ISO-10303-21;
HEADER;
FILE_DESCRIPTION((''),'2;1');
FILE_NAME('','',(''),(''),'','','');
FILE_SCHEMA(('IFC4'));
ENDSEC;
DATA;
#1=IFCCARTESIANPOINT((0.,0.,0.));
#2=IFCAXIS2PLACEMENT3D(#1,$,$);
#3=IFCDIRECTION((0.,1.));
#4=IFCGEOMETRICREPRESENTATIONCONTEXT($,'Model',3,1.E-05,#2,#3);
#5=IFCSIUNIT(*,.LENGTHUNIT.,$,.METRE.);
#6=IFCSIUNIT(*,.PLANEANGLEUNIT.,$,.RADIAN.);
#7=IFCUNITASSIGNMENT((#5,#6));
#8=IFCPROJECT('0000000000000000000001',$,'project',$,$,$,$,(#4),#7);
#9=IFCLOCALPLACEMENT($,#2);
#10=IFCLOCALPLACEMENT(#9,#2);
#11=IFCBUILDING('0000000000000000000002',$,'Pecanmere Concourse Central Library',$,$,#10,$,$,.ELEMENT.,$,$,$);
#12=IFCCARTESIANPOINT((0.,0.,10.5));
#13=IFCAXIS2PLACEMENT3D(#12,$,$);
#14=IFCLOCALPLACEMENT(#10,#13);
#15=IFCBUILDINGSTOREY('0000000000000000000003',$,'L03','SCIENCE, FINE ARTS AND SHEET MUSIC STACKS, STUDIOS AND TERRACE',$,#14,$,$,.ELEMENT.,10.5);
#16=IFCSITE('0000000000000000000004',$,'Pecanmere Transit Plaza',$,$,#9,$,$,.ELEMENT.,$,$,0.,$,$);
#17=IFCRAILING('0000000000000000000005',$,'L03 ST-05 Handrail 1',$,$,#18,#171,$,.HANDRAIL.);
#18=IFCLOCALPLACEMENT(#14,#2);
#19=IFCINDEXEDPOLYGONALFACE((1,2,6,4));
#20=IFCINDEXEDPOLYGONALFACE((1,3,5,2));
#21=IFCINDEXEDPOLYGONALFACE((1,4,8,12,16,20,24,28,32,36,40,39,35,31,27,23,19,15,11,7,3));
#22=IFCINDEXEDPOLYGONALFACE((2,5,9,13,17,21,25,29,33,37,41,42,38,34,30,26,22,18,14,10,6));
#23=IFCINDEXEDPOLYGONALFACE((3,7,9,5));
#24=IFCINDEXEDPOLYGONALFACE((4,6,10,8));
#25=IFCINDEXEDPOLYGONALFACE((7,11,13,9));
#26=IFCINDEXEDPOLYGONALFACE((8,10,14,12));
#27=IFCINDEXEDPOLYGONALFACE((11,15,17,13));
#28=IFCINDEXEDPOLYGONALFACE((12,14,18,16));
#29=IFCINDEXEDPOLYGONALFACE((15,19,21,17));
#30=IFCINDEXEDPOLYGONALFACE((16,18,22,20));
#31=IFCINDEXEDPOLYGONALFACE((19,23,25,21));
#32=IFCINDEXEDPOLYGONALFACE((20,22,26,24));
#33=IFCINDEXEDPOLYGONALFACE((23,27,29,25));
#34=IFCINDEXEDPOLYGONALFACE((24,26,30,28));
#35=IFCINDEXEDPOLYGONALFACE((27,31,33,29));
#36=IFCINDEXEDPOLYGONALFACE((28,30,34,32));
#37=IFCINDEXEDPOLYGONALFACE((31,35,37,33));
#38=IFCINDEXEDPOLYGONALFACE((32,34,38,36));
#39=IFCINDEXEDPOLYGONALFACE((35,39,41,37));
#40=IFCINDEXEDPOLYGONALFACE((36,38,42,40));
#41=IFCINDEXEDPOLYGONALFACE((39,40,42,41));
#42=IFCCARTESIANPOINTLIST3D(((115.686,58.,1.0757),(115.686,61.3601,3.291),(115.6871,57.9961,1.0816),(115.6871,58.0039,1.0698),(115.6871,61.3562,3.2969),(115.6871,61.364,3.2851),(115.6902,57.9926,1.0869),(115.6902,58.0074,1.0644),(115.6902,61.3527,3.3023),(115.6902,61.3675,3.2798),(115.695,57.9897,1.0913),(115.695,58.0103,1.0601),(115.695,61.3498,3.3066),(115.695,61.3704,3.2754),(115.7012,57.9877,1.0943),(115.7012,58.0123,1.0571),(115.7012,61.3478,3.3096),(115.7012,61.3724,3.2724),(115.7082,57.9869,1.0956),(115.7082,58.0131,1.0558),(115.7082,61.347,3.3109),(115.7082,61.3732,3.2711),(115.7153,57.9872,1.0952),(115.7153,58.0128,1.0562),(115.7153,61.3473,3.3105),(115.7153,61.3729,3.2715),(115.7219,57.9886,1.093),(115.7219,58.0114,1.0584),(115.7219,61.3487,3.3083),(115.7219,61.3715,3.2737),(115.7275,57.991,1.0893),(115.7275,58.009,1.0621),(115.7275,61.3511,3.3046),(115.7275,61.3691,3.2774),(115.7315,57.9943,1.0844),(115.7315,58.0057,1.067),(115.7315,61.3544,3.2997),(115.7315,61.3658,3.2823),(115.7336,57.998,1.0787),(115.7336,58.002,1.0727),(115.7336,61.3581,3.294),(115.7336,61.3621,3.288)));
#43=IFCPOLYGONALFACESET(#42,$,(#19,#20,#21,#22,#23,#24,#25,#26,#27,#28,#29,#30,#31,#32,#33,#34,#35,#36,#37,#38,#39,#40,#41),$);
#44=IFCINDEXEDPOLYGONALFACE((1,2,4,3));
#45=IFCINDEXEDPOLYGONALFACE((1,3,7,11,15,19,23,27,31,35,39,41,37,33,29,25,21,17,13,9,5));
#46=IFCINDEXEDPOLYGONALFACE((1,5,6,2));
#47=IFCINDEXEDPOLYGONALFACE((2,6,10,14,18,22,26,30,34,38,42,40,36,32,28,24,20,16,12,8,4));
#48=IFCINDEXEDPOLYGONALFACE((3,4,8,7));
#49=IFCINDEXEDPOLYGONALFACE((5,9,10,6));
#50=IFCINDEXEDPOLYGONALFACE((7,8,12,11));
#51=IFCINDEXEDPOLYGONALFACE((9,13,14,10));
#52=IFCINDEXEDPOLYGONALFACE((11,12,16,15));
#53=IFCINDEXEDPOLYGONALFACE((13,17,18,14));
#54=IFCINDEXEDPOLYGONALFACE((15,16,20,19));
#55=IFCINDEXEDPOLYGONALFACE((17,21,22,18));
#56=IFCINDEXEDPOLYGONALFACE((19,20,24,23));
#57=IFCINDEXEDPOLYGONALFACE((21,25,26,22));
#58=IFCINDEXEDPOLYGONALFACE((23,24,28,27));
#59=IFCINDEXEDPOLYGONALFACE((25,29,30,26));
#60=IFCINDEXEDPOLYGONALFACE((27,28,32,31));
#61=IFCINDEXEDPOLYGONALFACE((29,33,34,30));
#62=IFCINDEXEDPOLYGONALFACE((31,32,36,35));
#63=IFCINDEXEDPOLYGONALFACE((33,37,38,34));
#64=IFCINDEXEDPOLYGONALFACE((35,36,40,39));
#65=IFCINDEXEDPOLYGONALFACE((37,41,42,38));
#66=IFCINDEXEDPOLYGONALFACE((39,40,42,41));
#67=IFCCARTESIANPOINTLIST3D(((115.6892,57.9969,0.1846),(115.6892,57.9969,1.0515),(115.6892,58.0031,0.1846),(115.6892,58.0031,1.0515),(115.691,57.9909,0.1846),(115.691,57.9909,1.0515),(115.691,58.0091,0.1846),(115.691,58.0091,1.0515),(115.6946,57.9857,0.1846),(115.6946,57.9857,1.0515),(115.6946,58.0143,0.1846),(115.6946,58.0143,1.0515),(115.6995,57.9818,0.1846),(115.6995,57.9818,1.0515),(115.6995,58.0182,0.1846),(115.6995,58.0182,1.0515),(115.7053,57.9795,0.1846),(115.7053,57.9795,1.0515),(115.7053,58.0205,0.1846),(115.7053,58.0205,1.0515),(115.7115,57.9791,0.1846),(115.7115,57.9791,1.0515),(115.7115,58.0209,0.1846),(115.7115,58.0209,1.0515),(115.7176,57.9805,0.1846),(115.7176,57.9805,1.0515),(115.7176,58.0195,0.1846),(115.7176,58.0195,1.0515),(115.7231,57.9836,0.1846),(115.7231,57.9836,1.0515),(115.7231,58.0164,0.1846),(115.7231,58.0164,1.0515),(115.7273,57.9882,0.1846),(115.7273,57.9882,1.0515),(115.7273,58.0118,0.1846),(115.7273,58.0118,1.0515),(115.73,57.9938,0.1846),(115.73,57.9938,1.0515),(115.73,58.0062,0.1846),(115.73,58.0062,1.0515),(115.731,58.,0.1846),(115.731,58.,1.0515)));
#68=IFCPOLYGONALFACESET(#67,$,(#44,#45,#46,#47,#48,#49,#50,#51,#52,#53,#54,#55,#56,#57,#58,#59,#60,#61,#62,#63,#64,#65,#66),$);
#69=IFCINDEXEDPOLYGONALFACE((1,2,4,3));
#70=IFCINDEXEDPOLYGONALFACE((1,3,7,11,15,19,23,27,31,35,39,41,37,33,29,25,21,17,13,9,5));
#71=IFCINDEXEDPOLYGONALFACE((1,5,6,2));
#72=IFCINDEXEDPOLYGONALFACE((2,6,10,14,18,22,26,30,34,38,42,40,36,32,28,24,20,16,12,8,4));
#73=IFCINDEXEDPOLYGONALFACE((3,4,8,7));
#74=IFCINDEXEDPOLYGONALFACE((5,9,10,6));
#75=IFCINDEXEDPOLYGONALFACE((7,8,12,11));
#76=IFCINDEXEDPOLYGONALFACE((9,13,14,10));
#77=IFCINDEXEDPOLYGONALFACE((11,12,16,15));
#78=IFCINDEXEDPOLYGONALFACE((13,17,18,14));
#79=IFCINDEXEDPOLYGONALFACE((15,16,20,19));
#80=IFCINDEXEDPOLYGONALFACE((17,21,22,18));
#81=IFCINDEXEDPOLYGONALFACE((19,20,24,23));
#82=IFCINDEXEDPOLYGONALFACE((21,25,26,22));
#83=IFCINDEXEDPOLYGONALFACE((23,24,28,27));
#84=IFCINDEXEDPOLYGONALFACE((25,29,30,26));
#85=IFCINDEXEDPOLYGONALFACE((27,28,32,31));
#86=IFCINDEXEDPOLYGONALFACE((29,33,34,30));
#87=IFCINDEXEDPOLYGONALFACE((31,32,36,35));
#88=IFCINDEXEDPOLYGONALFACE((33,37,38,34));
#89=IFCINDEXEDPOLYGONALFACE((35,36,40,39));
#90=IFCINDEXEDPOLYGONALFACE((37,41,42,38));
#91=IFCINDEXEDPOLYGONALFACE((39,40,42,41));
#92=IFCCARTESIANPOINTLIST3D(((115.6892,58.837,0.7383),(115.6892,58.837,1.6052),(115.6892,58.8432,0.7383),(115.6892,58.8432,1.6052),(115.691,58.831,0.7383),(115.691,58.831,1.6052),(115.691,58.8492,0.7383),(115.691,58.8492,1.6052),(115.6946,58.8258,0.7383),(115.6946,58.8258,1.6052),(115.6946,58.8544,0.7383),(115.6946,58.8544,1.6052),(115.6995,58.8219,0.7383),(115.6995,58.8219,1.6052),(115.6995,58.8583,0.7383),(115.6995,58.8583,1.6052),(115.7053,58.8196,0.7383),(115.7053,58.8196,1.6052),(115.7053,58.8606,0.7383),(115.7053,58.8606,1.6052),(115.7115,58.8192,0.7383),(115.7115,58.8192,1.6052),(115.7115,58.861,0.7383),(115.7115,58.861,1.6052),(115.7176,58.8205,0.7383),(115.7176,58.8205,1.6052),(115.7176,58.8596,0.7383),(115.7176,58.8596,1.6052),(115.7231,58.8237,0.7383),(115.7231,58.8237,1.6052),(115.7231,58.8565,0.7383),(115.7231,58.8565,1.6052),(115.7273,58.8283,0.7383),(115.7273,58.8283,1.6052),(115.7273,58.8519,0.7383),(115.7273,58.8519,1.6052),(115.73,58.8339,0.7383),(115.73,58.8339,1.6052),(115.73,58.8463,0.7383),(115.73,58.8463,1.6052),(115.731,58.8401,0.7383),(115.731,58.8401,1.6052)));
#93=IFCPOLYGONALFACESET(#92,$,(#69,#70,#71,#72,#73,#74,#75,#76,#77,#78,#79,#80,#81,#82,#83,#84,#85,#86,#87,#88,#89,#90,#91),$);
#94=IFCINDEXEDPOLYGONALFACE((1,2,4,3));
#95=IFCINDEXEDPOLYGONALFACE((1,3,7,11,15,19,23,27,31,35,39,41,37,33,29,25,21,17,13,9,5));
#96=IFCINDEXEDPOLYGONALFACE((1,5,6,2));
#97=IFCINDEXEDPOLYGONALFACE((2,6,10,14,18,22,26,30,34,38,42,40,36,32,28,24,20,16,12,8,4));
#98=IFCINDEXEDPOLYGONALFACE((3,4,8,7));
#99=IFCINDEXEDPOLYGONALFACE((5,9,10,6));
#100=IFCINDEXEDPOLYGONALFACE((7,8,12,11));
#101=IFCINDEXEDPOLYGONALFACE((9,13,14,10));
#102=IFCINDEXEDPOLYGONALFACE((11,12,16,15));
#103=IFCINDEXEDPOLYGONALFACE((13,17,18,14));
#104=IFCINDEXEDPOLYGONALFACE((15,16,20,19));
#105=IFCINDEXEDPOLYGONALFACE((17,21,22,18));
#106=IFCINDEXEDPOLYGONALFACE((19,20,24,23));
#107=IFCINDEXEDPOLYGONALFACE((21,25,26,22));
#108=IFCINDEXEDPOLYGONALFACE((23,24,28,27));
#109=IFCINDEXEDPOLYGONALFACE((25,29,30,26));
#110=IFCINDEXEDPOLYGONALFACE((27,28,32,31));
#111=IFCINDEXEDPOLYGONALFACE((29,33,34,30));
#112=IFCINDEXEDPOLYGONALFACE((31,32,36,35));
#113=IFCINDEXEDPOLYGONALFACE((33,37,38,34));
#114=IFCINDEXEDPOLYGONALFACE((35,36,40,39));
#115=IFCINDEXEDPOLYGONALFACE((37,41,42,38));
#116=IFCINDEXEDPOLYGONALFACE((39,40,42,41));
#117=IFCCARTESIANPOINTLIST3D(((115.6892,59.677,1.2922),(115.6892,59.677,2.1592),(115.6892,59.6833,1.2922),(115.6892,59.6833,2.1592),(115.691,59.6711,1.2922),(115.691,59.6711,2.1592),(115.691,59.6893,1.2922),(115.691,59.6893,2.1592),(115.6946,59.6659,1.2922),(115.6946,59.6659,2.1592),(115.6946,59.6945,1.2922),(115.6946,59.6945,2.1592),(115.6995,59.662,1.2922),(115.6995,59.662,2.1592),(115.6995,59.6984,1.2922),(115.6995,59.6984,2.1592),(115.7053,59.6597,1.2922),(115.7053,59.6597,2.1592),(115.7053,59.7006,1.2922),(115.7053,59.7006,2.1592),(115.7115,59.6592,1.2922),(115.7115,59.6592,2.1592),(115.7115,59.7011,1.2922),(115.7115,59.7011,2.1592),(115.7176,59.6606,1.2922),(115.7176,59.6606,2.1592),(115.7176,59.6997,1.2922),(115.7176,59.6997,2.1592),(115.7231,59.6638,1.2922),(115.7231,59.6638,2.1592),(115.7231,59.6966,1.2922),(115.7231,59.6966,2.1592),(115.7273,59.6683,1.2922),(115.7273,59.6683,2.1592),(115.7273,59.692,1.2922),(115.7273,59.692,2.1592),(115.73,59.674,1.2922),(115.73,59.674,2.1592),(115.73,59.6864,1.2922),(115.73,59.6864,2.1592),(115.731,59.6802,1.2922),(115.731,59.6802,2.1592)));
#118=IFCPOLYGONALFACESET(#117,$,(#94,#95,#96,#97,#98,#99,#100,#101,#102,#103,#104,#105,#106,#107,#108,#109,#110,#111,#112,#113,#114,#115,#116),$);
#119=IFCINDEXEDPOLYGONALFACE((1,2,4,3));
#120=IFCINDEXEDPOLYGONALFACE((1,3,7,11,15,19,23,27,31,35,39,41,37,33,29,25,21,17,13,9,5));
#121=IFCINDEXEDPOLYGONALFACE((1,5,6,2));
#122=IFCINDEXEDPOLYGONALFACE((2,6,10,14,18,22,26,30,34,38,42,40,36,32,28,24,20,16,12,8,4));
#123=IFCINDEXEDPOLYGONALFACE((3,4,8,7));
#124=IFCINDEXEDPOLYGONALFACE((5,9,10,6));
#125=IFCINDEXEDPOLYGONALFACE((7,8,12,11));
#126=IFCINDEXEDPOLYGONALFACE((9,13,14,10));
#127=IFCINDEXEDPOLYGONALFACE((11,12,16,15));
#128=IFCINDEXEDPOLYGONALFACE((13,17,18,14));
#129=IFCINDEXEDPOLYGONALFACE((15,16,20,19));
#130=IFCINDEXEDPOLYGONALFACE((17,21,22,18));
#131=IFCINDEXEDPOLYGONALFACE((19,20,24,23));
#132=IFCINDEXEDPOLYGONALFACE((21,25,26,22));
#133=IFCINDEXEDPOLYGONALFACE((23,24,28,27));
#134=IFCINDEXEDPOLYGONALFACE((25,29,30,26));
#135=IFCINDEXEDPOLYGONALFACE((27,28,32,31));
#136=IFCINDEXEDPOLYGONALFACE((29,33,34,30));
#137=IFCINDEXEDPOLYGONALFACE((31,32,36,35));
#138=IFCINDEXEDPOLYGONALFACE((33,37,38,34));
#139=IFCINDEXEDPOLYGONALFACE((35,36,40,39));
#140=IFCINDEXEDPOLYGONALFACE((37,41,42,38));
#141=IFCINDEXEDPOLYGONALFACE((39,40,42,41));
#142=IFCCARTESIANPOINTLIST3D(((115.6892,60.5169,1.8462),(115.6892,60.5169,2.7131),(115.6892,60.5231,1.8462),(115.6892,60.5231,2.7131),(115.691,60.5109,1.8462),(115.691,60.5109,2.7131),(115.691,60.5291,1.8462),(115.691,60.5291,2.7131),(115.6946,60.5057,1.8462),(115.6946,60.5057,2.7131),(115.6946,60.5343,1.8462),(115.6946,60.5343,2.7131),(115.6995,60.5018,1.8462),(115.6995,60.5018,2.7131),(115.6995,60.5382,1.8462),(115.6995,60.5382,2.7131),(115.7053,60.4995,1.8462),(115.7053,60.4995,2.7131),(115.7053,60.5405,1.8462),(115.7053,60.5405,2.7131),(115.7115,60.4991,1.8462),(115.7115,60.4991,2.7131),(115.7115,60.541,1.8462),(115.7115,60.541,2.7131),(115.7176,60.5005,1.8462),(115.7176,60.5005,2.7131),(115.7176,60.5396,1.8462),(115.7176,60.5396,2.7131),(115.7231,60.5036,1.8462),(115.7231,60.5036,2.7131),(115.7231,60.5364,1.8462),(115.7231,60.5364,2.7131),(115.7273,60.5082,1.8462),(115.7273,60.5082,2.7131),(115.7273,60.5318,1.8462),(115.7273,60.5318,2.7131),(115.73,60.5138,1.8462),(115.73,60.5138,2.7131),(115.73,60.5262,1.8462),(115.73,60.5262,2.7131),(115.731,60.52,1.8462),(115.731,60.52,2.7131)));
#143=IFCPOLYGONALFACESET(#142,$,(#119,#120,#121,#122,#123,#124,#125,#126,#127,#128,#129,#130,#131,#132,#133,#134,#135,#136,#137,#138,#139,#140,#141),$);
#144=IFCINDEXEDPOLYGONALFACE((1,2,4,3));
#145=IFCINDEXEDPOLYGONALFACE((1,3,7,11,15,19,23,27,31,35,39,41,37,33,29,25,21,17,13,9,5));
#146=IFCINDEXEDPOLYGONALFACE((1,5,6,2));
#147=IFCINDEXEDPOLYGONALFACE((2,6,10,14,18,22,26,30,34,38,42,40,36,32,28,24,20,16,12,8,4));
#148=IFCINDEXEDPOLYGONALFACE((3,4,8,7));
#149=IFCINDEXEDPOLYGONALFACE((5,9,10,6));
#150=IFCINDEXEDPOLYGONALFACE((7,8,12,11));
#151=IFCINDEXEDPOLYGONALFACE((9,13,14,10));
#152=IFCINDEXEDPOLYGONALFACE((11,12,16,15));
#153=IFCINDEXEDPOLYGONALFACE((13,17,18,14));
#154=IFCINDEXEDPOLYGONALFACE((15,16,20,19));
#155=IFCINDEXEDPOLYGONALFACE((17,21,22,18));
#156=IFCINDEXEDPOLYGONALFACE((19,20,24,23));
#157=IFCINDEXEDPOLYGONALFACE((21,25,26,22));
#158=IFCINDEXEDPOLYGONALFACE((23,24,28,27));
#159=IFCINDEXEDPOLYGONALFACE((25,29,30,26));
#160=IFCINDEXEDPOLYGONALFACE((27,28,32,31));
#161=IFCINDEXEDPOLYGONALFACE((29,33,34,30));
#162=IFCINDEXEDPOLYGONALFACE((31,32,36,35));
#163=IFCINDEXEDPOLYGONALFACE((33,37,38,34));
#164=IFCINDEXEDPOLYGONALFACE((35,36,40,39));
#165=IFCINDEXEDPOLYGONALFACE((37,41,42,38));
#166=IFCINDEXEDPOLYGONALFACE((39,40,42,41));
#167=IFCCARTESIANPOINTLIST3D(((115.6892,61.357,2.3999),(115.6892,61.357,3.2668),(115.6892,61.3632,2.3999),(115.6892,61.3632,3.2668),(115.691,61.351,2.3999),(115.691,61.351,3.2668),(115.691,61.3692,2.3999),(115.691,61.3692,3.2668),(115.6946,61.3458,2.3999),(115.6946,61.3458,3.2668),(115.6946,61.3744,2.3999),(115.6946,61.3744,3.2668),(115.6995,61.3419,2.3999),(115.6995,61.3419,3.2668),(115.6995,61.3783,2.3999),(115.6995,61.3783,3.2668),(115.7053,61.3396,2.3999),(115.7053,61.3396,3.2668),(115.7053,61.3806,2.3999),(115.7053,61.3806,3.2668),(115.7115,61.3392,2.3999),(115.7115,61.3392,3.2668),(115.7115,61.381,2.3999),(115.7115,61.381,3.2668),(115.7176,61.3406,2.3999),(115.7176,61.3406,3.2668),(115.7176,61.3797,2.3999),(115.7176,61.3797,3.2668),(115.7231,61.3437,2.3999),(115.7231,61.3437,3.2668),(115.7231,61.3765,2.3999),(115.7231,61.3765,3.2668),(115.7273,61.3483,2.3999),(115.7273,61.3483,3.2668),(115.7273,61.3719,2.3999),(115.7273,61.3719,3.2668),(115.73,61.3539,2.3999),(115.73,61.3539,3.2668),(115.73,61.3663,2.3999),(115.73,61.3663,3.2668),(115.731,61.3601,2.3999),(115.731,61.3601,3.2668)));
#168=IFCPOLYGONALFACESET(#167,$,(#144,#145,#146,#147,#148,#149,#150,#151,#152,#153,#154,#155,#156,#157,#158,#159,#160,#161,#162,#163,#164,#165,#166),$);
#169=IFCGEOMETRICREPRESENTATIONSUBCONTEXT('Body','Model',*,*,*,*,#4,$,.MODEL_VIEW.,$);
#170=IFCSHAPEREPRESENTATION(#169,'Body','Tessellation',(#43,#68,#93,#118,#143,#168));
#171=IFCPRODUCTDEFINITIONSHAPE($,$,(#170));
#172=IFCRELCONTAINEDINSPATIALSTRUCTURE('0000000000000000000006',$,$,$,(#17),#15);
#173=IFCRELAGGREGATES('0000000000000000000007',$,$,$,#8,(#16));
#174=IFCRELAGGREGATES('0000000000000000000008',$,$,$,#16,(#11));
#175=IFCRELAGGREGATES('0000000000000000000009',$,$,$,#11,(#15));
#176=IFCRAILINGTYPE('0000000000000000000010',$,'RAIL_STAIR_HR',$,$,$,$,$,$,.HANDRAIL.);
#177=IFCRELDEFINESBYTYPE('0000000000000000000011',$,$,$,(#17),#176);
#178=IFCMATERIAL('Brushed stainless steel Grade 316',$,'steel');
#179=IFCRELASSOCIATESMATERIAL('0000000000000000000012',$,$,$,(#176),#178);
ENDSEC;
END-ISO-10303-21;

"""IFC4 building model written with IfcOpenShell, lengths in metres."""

from ifc_helpers import new_model, si_unit, direction, frame, origin, origin_2d, place, context, subcontext, project, spatial, circle, extrude, material, type_object, element, save


model = new_model("IFC4")

# Units and contexts
model_context = context("Model", 3, precision=1e-05, world=origin(), true_north=direction((0.0, 1.0)))
body_context = subcontext(model_context, "Body", "Model", "MODEL_VIEW")
ifc_project = project(units=[si_unit("LENGTHUNIT", "METRE"), si_unit("PLANEANGLEUNIT", "RADIAN")], contexts=[model_context])

# Site, building, storey
site_placement = place(None, origin())
site = spatial("IfcSite", under=ifc_project, at=site_placement, Name="Pecanmere Transit Plaza", CompositionType="ELEMENT", RefElevation=0.0)
building_placement = place(site_placement, origin())
building = spatial("IfcBuilding", under=site, at=building_placement, Name="Pecanmere Concourse Central Library", CompositionType="ELEMENT")
storey_placement = place(building_placement, frame((0.0, 0.0, 10.5)))
storey = spatial("IfcBuildingStorey", under=building, at=storey_placement, Name="L03", Description="SCIENCE, FINE ARTS AND SHEET MUSIC STACKS, STUDIOS AND TERRACE", CompositionType="ELEMENT", Elevation=10.5)

# Railing
ifc_material_1 = material(Name="Brushed stainless steel Grade 316", Category="steel")
railing_type_1 = type_object("IfcRailingType", Name="RAIL_STAIR_HR", PredefinedType="HANDRAIL", material=ifc_material_1)
railing_1_placement = place(storey_placement, frame((115.71, 58.0, 0.1846)))
element("IfcRailing", 1, at=railing_1_placement, inside=storey, type_object=railing_type_1, Name="L03 ST-05 Handrail 1", PredefinedType="HANDRAIL", context=body_context, shape_type="SweptSolid", body=[
    extrude(circle(Radius=0.0239, at=origin_2d()), frame((0.0, 0.0, 0.8911), z_axis=(0.0, 0.834876, 0.550437), x_axis=(-1.0, 0.0, 0.0)), (0.0, 0.0, 1.0), 4.0247),
    extrude(circle(Radius=0.021, at=origin_2d()), origin(), (0.0, 0.0, 1.0), 0.8669),
    extrude(circle(Radius=0.021, at=origin_2d()), frame((0.0, 0.8401, 0.5537)), (0.0, 0.0, 1.0), 0.8669),
    extrude(circle(Radius=0.021, at=origin_2d()), frame((0.0, 1.6802, 1.1077)), (0.0, 0.0, 1.0), 0.8669),
    extrude(circle(Radius=0.021, at=origin_2d()), frame((0.0, 2.52, 1.6616)), (0.0, 0.0, 1.0), 0.8669),
    extrude(circle(Radius=0.021, at=origin_2d()), frame((0.0, 3.3601, 2.2153)), (0.0, 0.0, 1.0), 0.8669),
])

save(model, "model.ifc")
